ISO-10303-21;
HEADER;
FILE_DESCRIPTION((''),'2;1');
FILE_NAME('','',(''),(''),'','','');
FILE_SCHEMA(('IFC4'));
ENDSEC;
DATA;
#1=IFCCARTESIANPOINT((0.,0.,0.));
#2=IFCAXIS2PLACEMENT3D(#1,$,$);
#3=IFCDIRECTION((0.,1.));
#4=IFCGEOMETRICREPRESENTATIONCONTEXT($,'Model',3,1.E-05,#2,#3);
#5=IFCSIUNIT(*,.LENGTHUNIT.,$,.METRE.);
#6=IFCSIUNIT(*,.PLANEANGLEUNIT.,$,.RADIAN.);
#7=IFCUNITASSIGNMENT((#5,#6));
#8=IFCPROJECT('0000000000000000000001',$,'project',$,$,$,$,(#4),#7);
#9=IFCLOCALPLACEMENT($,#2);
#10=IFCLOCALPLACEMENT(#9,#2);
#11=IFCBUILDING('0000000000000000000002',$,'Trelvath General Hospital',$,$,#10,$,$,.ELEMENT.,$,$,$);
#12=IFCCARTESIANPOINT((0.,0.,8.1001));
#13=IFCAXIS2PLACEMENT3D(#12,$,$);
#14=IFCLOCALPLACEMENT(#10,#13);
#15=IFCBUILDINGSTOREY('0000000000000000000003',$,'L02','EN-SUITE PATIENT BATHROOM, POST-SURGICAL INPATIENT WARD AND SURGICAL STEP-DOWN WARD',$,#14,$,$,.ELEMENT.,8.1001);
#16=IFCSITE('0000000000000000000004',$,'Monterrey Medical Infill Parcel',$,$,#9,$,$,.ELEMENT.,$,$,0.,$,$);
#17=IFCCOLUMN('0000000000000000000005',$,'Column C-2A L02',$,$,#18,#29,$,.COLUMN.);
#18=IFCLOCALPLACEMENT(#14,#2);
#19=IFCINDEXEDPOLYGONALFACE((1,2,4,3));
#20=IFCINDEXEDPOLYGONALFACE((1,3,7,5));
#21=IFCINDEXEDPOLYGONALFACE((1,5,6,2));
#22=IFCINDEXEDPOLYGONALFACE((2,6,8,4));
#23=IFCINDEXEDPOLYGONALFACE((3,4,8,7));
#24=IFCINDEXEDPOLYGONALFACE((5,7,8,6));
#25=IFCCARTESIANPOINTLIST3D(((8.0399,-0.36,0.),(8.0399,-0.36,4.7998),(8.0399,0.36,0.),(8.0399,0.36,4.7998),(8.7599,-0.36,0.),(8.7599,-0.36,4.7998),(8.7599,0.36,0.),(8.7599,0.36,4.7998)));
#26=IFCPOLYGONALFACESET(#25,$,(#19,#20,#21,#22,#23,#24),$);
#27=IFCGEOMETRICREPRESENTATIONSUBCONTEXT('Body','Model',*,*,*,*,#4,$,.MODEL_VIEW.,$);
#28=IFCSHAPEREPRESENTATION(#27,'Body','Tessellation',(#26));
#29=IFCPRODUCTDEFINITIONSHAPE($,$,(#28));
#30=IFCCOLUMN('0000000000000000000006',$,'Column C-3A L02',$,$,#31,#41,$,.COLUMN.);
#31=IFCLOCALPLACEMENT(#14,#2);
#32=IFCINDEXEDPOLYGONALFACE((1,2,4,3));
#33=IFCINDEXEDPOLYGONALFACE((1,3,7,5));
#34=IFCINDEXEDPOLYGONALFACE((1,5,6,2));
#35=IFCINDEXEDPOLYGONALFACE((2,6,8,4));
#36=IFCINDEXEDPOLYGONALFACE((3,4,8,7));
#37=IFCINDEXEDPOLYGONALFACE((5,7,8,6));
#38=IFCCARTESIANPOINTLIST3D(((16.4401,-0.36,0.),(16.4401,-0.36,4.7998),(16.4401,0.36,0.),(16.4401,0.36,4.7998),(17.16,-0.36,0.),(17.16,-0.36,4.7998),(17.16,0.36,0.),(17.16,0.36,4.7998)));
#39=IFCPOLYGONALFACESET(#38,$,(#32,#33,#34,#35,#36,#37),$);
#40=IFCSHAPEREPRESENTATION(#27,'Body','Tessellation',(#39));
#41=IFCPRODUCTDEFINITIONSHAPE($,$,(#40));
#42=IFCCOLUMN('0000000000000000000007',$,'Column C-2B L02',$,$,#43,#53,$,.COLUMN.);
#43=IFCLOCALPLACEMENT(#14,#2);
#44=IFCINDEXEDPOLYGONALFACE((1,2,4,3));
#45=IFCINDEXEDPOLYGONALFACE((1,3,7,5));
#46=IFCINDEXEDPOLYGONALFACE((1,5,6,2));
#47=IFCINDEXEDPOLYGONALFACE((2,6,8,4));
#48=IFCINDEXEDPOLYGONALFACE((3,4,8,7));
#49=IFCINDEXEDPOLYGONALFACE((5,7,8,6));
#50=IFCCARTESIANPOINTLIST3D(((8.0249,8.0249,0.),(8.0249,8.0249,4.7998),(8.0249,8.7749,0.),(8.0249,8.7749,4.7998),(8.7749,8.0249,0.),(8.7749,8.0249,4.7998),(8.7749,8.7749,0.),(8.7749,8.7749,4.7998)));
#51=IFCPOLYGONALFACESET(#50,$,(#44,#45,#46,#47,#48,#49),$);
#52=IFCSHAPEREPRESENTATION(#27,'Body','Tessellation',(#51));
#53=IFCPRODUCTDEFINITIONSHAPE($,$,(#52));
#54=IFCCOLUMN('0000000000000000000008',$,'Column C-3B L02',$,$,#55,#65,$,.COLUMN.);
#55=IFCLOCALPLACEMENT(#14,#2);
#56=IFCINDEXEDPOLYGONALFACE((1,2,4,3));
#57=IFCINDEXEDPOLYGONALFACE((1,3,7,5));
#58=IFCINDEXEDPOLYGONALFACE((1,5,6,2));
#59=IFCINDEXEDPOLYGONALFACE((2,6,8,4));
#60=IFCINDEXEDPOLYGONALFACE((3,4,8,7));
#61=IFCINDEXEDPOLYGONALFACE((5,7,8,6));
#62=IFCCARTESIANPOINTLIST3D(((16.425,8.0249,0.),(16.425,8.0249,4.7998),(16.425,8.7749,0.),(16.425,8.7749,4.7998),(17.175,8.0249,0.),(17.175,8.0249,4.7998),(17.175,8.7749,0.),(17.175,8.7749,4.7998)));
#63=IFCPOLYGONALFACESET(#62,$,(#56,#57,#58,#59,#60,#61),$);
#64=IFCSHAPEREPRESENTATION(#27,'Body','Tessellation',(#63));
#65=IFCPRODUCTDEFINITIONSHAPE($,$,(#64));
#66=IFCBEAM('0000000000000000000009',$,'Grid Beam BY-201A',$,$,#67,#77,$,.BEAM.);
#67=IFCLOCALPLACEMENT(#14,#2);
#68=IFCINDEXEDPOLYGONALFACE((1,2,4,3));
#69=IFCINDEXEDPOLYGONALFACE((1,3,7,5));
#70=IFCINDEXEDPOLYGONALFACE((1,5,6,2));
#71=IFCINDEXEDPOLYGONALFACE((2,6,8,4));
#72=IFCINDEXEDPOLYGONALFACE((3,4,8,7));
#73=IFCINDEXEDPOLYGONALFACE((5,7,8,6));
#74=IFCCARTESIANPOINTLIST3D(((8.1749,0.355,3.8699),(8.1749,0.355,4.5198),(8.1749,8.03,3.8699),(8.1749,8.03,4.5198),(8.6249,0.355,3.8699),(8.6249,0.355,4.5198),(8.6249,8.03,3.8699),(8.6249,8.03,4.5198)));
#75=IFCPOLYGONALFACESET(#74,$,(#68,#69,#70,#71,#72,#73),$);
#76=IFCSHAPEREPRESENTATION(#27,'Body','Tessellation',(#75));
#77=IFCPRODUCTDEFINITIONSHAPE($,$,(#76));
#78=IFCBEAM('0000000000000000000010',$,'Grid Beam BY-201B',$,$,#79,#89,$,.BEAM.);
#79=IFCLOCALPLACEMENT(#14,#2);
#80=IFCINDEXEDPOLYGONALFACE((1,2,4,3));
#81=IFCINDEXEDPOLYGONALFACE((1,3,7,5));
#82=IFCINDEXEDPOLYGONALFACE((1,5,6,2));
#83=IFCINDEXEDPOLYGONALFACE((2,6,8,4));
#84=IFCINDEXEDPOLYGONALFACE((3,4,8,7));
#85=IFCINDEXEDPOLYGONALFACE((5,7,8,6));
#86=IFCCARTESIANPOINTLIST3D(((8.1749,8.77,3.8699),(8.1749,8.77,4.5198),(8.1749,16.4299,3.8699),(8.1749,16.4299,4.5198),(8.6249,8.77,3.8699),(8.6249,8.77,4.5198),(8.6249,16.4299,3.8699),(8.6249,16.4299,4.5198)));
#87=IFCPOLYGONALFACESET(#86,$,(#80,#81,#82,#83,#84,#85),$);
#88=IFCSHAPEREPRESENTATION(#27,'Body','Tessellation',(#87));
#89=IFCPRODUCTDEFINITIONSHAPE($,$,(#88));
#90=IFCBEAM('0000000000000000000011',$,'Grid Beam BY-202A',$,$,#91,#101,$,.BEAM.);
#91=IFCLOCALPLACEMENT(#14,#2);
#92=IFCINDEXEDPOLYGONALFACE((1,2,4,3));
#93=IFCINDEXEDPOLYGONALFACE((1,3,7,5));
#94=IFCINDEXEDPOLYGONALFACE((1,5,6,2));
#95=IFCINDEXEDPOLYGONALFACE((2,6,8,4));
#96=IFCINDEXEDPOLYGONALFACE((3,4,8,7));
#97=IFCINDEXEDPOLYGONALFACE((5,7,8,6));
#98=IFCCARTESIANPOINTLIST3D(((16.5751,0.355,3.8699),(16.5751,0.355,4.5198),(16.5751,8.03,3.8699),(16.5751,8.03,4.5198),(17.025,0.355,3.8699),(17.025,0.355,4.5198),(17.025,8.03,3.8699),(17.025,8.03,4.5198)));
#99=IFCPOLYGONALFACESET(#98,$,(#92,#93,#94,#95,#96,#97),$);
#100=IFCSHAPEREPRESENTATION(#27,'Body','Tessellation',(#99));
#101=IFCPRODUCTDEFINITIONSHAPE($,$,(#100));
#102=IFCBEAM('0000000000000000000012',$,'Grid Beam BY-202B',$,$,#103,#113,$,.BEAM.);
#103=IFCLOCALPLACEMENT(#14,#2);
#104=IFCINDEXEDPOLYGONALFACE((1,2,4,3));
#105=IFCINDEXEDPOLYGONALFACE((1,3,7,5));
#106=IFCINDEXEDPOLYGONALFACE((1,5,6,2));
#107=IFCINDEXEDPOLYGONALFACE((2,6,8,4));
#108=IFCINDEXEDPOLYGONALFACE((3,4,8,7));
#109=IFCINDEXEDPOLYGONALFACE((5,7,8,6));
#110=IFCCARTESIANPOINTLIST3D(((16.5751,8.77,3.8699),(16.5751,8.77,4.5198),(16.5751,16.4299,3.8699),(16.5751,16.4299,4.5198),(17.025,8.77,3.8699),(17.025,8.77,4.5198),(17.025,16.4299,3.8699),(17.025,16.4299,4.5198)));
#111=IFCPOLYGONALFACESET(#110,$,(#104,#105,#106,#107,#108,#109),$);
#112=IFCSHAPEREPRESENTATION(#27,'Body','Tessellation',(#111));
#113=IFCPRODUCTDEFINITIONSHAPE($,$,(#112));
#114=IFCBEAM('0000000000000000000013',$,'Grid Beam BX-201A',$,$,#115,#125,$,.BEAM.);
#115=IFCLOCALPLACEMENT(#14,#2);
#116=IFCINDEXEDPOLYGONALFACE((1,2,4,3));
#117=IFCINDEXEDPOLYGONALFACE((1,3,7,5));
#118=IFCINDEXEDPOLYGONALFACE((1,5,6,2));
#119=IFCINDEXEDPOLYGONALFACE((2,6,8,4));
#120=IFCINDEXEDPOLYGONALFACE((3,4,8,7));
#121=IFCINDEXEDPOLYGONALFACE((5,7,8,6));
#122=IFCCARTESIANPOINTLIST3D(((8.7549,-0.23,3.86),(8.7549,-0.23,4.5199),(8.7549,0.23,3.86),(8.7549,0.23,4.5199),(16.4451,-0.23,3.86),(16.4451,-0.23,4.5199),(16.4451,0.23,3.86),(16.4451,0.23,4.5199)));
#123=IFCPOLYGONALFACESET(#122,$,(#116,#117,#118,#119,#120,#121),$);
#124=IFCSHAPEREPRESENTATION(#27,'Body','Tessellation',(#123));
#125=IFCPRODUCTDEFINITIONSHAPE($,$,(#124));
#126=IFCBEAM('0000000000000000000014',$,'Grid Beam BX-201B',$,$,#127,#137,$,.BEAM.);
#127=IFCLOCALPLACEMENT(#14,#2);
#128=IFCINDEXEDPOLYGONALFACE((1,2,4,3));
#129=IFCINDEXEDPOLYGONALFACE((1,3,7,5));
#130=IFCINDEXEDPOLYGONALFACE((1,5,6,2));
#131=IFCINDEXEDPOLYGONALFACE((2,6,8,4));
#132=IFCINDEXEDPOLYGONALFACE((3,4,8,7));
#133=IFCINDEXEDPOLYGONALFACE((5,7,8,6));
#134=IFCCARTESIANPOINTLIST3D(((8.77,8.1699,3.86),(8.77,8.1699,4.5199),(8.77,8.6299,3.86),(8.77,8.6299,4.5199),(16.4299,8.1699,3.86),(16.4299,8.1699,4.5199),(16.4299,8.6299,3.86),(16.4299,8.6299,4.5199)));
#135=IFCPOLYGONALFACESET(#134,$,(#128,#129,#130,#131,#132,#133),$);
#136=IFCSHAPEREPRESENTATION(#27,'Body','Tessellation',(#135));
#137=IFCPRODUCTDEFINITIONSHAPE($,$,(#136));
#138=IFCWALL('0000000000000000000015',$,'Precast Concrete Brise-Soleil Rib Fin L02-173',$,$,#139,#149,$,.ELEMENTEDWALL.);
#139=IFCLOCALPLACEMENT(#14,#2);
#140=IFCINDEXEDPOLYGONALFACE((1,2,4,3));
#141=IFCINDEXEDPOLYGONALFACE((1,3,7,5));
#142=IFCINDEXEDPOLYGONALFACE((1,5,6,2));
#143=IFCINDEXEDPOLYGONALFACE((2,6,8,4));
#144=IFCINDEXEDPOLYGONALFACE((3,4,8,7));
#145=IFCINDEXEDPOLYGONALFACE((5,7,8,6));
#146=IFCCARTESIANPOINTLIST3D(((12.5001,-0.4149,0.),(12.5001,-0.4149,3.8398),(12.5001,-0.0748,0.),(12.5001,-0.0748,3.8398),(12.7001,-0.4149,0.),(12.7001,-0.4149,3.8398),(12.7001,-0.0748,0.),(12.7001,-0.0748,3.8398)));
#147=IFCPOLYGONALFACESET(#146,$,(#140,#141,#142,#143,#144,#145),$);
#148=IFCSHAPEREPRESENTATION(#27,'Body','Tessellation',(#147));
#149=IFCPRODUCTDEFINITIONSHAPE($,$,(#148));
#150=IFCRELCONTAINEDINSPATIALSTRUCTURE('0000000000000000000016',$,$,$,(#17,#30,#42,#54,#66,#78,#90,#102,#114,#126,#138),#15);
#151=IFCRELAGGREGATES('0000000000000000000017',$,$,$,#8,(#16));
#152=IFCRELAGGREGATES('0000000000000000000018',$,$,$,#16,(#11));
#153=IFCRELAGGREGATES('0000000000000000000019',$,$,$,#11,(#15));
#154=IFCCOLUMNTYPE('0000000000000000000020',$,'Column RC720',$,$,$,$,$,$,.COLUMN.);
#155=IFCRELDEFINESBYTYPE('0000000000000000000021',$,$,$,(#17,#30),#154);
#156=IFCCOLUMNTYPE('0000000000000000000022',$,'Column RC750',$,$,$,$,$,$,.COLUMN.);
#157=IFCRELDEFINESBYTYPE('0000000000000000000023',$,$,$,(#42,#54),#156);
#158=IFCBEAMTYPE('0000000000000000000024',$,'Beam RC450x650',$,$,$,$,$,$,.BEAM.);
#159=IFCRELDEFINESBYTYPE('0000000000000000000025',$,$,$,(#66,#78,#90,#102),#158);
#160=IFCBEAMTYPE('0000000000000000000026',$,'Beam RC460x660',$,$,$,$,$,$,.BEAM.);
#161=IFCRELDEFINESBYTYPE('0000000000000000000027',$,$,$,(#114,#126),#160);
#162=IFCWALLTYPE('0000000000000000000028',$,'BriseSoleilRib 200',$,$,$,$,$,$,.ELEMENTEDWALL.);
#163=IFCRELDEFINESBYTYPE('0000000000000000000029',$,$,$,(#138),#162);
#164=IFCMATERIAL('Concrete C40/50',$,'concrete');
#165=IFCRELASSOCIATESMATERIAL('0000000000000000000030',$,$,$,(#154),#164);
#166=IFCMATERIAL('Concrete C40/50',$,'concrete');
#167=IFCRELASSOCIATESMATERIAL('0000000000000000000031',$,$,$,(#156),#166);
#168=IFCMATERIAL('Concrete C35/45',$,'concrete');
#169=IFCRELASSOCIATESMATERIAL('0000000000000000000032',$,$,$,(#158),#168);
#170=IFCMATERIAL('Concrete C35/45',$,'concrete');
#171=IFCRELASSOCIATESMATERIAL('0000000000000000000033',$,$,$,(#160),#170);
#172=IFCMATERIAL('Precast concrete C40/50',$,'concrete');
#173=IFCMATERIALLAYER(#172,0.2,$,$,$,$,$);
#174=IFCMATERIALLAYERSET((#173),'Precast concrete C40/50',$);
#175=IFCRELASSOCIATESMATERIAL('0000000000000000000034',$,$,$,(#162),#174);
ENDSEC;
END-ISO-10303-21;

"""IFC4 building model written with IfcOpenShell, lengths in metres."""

from ifc_helpers import new_model, si_unit, direction, frame, frame_2d, origin, origin_2d, place, context, subcontext, project, spatial, rectangle, extrude, material, layer, layer_set, material_profile, profile_set, type_object, element, save


model = new_model("IFC4")

# Units and contexts
model_context = context("Model", 3, precision=1e-05, world=origin(), true_north=direction((0.0, 1.0)))
body_context = subcontext(model_context, "Body", "Model", "MODEL_VIEW")
ifc_project = project(units=[si_unit("LENGTHUNIT", "METRE"), si_unit("PLANEANGLEUNIT", "RADIAN")], contexts=[model_context])

# Site, building, storey
site_placement = place(None, origin())
site = spatial("IfcSite", under=ifc_project, at=site_placement, Name="Monterrey Medical Infill Parcel", CompositionType="ELEMENT", RefElevation=0.0)
building_placement = place(site_placement, origin())
building = spatial("IfcBuilding", under=site, at=building_placement, Name="Trelvath General Hospital", CompositionType="ELEMENT")
storey_placement = place(building_placement, frame((0.0, 0.0, 8.1001)))
storey = spatial("IfcBuildingStorey", under=building, at=storey_placement, Name="L02", Description="EN-SUITE PATIENT BATHROOM, POST-SURGICAL INPATIENT WARD AND SURGICAL STEP-DOWN WARD", CompositionType="ELEMENT", Elevation=8.1001)

# Columns
ifc_material_1 = material(Name="Concrete C40/50", Category="concrete")
ifc_material_profile_1 = material_profile(ifc_material_1, rectangle(XDim=0.72, YDim=0.72, at=origin_2d()), Name="RC720x720")
ifc_profile_set_1 = profile_set([ifc_material_profile_1], Name="Concrete C40/50")
column_type_1 = type_object("IfcColumnType", Name="Column RC720", PredefinedType="COLUMN", material=ifc_profile_set_1)
for number, where, z_axis, x_axis, name in (
    (1, (8.3999, 0.0, 0.0), (0.0, 0.0, 1.0), (1.0, 0.0, 0.0), "Column C-2A L02"),
    (2, (16.8, 0.0, 0.0), (0.0, 0.0, 1.0), (1.0, 0.0, 0.0), "Column C-3A L02"),
):
    element("IfcColumn", number, at=place(storey_placement, frame(where, z_axis=z_axis, x_axis=x_axis)), inside=storey, type_object=column_type_1, Name=name, PredefinedType="COLUMN", context=body_context, shape_type="SweptSolid", body=[
        extrude(rectangle(XDim=0.72, YDim=0.72, at=origin_2d()), origin(), (0.0, 0.0, 1.0), 4.7998),
    ])
ifc_material_2 = material(Name="Concrete C40/50", Category="concrete")
ifc_material_profile_2 = material_profile(ifc_material_2, rectangle(XDim=0.75, YDim=0.75, at=origin_2d()), Name="RC750x750")
ifc_profile_set_2 = profile_set([ifc_material_profile_2], Name="Concrete C40/50")
column_type_2 = type_object("IfcColumnType", Name="Column RC750", PredefinedType="COLUMN", material=ifc_profile_set_2)
for number, where, z_axis, x_axis, name in (
    (3, (8.3999, 8.3999, 0.0), (0.0, 0.0, 1.0), (1.0, 0.0, 0.0), "Column C-2B L02"),
    (4, (16.8, 8.3999, 0.0), (0.0, 0.0, 1.0), (1.0, 0.0, 0.0), "Column C-3B L02"),
):
    element("IfcColumn", number, at=place(storey_placement, frame(where, z_axis=z_axis, x_axis=x_axis)), inside=storey, type_object=column_type_2, Name=name, PredefinedType="COLUMN", context=body_context, shape_type="SweptSolid", body=[
        extrude(rectangle(XDim=0.75, YDim=0.75, at=origin_2d()), origin(), (0.0, 0.0, 1.0), 4.7998),
    ])

# Beams
ifc_material_3 = material(Name="Concrete C35/45", Category="concrete")
ifc_material_profile_3 = material_profile(ifc_material_3, rectangle(XDim=0.45, YDim=0.6499, at=origin_2d()), Name="RCB450x650")
ifc_profile_set_3 = profile_set([ifc_material_profile_3], Name="Concrete C35/45")
beam_type_1 = type_object("IfcBeamType", Name="Beam RC450x650", PredefinedType="BEAM", material=ifc_profile_set_3)
beam_1_placement = place(storey_placement, frame((8.3999, 0.355, 4.1948), z_axis=(0.0, 1.0, 0.0), x_axis=(-1.0, 0.0, 0.0)))
element("IfcBeam", 5, at=beam_1_placement, inside=storey, type_object=beam_type_1, Name="Grid Beam BY-201A", PredefinedType="BEAM", context=body_context, shape_type="SweptSolid", body=[
    extrude(rectangle(XDim=0.45, YDim=0.6499, at=origin_2d()), origin(), (0.0, 0.0, 1.0), 7.675),
])
beam_2_placement = place(storey_placement, frame((8.3999, 8.77, 4.1948), z_axis=(0.0, 1.0, 0.0), x_axis=(-1.0, 0.0, 0.0)))
element("IfcBeam", 6, at=beam_2_placement, inside=storey, type_object=beam_type_1, Name="Grid Beam BY-201B", PredefinedType="BEAM", context=body_context, shape_type="SweptSolid", body=[
    extrude(rectangle(XDim=0.45, YDim=0.6499, at=origin_2d()), origin(), (0.0, 0.0, 1.0), 7.6599),
])
beam_3_placement = place(storey_placement, frame((16.8, 0.355, 4.1948), z_axis=(0.0, 1.0, 0.0), x_axis=(-1.0, 0.0, 0.0)))
element("IfcBeam", 7, at=beam_3_placement, inside=storey, type_object=beam_type_1, Name="Grid Beam BY-202A", PredefinedType="BEAM", context=body_context, shape_type="SweptSolid", body=[
    extrude(rectangle(XDim=0.45, YDim=0.6499, at=origin_2d()), origin(), (0.0, 0.0, 1.0), 7.675),
])
beam_4_placement = place(storey_placement, frame((16.8, 8.77, 4.1948), z_axis=(0.0, 1.0, 0.0), x_axis=(-1.0, 0.0, 0.0)))
element("IfcBeam", 8, at=beam_4_placement, inside=storey, type_object=beam_type_1, Name="Grid Beam BY-202B", PredefinedType="BEAM", context=body_context, shape_type="SweptSolid", body=[
    extrude(rectangle(XDim=0.45, YDim=0.6499, at=origin_2d()), origin(), (0.0, 0.0, 1.0), 7.6599),
])
ifc_material_4 = material(Name="Concrete C35/45", Category="concrete")
ifc_material_profile_4 = material_profile(ifc_material_4, rectangle(XDim=0.46, YDim=0.6599, at=origin_2d()), Name="RCB460x660")
ifc_profile_set_4 = profile_set([ifc_material_profile_4], Name="Concrete C35/45")
beam_type_2 = type_object("IfcBeamType", Name="Beam RC460x660", PredefinedType="BEAM", material=ifc_profile_set_4)
beam_5_placement = place(storey_placement, frame((8.7549, 0.0, 4.1899), z_axis=(1.0, 0.0, 0.0), x_axis=(0.0, 1.0, 0.0)))
element("IfcBeam", 9, at=beam_5_placement, inside=storey, type_object=beam_type_2, Name="Grid Beam BX-201A", PredefinedType="BEAM", context=body_context, shape_type="SweptSolid", body=[
    extrude(rectangle(XDim=0.46, YDim=0.6599, at=origin_2d()), origin(), (0.0, 0.0, 1.0), 7.6902),
])
beam_6_placement = place(storey_placement, frame((8.77, 8.3999, 4.1899), z_axis=(1.0, 0.0, 0.0), x_axis=(0.0, 1.0, 0.0)))
element("IfcBeam", 10, at=beam_6_placement, inside=storey, type_object=beam_type_2, Name="Grid Beam BX-201B", PredefinedType="BEAM", context=body_context, shape_type="SweptSolid", body=[
    extrude(rectangle(XDim=0.46, YDim=0.6599, at=origin_2d()), origin(), (0.0, 0.0, 1.0), 7.6599),
])

# Wall
ifc_material_5 = material(Name="Precast concrete C40/50", Category="concrete")
ifc_layer_1 = layer(ifc_material_5, 0.2)
ifc_layer_set_1 = layer_set([ifc_layer_1], Name="Precast concrete C40/50")
wall_type_1 = type_object("IfcWallType", Name="BriseSoleilRib 200", PredefinedType="ELEMENTEDWALL", material=ifc_layer_set_1)
wall_1_placement = place(storey_placement, frame((12.6001, -0.075, 0.0), z_axis=(0.0, 0.0, 1.0), x_axis=(0.0, -1.0, 0.0)))
element("IfcWall", 11, at=wall_1_placement, inside=storey, type_object=wall_type_1, Name="Precast Concrete Brise-Soleil Rib Fin L02-173", PredefinedType="ELEMENTEDWALL", context=body_context, shape_type="SweptSolid", body=[
    extrude(rectangle(XDim=0.3401, YDim=0.2, at=frame_2d((0.1699, 0.0))), origin(), (0.0, 0.0, 1.0), 3.8398),
])

save(model, "model.ifc")
